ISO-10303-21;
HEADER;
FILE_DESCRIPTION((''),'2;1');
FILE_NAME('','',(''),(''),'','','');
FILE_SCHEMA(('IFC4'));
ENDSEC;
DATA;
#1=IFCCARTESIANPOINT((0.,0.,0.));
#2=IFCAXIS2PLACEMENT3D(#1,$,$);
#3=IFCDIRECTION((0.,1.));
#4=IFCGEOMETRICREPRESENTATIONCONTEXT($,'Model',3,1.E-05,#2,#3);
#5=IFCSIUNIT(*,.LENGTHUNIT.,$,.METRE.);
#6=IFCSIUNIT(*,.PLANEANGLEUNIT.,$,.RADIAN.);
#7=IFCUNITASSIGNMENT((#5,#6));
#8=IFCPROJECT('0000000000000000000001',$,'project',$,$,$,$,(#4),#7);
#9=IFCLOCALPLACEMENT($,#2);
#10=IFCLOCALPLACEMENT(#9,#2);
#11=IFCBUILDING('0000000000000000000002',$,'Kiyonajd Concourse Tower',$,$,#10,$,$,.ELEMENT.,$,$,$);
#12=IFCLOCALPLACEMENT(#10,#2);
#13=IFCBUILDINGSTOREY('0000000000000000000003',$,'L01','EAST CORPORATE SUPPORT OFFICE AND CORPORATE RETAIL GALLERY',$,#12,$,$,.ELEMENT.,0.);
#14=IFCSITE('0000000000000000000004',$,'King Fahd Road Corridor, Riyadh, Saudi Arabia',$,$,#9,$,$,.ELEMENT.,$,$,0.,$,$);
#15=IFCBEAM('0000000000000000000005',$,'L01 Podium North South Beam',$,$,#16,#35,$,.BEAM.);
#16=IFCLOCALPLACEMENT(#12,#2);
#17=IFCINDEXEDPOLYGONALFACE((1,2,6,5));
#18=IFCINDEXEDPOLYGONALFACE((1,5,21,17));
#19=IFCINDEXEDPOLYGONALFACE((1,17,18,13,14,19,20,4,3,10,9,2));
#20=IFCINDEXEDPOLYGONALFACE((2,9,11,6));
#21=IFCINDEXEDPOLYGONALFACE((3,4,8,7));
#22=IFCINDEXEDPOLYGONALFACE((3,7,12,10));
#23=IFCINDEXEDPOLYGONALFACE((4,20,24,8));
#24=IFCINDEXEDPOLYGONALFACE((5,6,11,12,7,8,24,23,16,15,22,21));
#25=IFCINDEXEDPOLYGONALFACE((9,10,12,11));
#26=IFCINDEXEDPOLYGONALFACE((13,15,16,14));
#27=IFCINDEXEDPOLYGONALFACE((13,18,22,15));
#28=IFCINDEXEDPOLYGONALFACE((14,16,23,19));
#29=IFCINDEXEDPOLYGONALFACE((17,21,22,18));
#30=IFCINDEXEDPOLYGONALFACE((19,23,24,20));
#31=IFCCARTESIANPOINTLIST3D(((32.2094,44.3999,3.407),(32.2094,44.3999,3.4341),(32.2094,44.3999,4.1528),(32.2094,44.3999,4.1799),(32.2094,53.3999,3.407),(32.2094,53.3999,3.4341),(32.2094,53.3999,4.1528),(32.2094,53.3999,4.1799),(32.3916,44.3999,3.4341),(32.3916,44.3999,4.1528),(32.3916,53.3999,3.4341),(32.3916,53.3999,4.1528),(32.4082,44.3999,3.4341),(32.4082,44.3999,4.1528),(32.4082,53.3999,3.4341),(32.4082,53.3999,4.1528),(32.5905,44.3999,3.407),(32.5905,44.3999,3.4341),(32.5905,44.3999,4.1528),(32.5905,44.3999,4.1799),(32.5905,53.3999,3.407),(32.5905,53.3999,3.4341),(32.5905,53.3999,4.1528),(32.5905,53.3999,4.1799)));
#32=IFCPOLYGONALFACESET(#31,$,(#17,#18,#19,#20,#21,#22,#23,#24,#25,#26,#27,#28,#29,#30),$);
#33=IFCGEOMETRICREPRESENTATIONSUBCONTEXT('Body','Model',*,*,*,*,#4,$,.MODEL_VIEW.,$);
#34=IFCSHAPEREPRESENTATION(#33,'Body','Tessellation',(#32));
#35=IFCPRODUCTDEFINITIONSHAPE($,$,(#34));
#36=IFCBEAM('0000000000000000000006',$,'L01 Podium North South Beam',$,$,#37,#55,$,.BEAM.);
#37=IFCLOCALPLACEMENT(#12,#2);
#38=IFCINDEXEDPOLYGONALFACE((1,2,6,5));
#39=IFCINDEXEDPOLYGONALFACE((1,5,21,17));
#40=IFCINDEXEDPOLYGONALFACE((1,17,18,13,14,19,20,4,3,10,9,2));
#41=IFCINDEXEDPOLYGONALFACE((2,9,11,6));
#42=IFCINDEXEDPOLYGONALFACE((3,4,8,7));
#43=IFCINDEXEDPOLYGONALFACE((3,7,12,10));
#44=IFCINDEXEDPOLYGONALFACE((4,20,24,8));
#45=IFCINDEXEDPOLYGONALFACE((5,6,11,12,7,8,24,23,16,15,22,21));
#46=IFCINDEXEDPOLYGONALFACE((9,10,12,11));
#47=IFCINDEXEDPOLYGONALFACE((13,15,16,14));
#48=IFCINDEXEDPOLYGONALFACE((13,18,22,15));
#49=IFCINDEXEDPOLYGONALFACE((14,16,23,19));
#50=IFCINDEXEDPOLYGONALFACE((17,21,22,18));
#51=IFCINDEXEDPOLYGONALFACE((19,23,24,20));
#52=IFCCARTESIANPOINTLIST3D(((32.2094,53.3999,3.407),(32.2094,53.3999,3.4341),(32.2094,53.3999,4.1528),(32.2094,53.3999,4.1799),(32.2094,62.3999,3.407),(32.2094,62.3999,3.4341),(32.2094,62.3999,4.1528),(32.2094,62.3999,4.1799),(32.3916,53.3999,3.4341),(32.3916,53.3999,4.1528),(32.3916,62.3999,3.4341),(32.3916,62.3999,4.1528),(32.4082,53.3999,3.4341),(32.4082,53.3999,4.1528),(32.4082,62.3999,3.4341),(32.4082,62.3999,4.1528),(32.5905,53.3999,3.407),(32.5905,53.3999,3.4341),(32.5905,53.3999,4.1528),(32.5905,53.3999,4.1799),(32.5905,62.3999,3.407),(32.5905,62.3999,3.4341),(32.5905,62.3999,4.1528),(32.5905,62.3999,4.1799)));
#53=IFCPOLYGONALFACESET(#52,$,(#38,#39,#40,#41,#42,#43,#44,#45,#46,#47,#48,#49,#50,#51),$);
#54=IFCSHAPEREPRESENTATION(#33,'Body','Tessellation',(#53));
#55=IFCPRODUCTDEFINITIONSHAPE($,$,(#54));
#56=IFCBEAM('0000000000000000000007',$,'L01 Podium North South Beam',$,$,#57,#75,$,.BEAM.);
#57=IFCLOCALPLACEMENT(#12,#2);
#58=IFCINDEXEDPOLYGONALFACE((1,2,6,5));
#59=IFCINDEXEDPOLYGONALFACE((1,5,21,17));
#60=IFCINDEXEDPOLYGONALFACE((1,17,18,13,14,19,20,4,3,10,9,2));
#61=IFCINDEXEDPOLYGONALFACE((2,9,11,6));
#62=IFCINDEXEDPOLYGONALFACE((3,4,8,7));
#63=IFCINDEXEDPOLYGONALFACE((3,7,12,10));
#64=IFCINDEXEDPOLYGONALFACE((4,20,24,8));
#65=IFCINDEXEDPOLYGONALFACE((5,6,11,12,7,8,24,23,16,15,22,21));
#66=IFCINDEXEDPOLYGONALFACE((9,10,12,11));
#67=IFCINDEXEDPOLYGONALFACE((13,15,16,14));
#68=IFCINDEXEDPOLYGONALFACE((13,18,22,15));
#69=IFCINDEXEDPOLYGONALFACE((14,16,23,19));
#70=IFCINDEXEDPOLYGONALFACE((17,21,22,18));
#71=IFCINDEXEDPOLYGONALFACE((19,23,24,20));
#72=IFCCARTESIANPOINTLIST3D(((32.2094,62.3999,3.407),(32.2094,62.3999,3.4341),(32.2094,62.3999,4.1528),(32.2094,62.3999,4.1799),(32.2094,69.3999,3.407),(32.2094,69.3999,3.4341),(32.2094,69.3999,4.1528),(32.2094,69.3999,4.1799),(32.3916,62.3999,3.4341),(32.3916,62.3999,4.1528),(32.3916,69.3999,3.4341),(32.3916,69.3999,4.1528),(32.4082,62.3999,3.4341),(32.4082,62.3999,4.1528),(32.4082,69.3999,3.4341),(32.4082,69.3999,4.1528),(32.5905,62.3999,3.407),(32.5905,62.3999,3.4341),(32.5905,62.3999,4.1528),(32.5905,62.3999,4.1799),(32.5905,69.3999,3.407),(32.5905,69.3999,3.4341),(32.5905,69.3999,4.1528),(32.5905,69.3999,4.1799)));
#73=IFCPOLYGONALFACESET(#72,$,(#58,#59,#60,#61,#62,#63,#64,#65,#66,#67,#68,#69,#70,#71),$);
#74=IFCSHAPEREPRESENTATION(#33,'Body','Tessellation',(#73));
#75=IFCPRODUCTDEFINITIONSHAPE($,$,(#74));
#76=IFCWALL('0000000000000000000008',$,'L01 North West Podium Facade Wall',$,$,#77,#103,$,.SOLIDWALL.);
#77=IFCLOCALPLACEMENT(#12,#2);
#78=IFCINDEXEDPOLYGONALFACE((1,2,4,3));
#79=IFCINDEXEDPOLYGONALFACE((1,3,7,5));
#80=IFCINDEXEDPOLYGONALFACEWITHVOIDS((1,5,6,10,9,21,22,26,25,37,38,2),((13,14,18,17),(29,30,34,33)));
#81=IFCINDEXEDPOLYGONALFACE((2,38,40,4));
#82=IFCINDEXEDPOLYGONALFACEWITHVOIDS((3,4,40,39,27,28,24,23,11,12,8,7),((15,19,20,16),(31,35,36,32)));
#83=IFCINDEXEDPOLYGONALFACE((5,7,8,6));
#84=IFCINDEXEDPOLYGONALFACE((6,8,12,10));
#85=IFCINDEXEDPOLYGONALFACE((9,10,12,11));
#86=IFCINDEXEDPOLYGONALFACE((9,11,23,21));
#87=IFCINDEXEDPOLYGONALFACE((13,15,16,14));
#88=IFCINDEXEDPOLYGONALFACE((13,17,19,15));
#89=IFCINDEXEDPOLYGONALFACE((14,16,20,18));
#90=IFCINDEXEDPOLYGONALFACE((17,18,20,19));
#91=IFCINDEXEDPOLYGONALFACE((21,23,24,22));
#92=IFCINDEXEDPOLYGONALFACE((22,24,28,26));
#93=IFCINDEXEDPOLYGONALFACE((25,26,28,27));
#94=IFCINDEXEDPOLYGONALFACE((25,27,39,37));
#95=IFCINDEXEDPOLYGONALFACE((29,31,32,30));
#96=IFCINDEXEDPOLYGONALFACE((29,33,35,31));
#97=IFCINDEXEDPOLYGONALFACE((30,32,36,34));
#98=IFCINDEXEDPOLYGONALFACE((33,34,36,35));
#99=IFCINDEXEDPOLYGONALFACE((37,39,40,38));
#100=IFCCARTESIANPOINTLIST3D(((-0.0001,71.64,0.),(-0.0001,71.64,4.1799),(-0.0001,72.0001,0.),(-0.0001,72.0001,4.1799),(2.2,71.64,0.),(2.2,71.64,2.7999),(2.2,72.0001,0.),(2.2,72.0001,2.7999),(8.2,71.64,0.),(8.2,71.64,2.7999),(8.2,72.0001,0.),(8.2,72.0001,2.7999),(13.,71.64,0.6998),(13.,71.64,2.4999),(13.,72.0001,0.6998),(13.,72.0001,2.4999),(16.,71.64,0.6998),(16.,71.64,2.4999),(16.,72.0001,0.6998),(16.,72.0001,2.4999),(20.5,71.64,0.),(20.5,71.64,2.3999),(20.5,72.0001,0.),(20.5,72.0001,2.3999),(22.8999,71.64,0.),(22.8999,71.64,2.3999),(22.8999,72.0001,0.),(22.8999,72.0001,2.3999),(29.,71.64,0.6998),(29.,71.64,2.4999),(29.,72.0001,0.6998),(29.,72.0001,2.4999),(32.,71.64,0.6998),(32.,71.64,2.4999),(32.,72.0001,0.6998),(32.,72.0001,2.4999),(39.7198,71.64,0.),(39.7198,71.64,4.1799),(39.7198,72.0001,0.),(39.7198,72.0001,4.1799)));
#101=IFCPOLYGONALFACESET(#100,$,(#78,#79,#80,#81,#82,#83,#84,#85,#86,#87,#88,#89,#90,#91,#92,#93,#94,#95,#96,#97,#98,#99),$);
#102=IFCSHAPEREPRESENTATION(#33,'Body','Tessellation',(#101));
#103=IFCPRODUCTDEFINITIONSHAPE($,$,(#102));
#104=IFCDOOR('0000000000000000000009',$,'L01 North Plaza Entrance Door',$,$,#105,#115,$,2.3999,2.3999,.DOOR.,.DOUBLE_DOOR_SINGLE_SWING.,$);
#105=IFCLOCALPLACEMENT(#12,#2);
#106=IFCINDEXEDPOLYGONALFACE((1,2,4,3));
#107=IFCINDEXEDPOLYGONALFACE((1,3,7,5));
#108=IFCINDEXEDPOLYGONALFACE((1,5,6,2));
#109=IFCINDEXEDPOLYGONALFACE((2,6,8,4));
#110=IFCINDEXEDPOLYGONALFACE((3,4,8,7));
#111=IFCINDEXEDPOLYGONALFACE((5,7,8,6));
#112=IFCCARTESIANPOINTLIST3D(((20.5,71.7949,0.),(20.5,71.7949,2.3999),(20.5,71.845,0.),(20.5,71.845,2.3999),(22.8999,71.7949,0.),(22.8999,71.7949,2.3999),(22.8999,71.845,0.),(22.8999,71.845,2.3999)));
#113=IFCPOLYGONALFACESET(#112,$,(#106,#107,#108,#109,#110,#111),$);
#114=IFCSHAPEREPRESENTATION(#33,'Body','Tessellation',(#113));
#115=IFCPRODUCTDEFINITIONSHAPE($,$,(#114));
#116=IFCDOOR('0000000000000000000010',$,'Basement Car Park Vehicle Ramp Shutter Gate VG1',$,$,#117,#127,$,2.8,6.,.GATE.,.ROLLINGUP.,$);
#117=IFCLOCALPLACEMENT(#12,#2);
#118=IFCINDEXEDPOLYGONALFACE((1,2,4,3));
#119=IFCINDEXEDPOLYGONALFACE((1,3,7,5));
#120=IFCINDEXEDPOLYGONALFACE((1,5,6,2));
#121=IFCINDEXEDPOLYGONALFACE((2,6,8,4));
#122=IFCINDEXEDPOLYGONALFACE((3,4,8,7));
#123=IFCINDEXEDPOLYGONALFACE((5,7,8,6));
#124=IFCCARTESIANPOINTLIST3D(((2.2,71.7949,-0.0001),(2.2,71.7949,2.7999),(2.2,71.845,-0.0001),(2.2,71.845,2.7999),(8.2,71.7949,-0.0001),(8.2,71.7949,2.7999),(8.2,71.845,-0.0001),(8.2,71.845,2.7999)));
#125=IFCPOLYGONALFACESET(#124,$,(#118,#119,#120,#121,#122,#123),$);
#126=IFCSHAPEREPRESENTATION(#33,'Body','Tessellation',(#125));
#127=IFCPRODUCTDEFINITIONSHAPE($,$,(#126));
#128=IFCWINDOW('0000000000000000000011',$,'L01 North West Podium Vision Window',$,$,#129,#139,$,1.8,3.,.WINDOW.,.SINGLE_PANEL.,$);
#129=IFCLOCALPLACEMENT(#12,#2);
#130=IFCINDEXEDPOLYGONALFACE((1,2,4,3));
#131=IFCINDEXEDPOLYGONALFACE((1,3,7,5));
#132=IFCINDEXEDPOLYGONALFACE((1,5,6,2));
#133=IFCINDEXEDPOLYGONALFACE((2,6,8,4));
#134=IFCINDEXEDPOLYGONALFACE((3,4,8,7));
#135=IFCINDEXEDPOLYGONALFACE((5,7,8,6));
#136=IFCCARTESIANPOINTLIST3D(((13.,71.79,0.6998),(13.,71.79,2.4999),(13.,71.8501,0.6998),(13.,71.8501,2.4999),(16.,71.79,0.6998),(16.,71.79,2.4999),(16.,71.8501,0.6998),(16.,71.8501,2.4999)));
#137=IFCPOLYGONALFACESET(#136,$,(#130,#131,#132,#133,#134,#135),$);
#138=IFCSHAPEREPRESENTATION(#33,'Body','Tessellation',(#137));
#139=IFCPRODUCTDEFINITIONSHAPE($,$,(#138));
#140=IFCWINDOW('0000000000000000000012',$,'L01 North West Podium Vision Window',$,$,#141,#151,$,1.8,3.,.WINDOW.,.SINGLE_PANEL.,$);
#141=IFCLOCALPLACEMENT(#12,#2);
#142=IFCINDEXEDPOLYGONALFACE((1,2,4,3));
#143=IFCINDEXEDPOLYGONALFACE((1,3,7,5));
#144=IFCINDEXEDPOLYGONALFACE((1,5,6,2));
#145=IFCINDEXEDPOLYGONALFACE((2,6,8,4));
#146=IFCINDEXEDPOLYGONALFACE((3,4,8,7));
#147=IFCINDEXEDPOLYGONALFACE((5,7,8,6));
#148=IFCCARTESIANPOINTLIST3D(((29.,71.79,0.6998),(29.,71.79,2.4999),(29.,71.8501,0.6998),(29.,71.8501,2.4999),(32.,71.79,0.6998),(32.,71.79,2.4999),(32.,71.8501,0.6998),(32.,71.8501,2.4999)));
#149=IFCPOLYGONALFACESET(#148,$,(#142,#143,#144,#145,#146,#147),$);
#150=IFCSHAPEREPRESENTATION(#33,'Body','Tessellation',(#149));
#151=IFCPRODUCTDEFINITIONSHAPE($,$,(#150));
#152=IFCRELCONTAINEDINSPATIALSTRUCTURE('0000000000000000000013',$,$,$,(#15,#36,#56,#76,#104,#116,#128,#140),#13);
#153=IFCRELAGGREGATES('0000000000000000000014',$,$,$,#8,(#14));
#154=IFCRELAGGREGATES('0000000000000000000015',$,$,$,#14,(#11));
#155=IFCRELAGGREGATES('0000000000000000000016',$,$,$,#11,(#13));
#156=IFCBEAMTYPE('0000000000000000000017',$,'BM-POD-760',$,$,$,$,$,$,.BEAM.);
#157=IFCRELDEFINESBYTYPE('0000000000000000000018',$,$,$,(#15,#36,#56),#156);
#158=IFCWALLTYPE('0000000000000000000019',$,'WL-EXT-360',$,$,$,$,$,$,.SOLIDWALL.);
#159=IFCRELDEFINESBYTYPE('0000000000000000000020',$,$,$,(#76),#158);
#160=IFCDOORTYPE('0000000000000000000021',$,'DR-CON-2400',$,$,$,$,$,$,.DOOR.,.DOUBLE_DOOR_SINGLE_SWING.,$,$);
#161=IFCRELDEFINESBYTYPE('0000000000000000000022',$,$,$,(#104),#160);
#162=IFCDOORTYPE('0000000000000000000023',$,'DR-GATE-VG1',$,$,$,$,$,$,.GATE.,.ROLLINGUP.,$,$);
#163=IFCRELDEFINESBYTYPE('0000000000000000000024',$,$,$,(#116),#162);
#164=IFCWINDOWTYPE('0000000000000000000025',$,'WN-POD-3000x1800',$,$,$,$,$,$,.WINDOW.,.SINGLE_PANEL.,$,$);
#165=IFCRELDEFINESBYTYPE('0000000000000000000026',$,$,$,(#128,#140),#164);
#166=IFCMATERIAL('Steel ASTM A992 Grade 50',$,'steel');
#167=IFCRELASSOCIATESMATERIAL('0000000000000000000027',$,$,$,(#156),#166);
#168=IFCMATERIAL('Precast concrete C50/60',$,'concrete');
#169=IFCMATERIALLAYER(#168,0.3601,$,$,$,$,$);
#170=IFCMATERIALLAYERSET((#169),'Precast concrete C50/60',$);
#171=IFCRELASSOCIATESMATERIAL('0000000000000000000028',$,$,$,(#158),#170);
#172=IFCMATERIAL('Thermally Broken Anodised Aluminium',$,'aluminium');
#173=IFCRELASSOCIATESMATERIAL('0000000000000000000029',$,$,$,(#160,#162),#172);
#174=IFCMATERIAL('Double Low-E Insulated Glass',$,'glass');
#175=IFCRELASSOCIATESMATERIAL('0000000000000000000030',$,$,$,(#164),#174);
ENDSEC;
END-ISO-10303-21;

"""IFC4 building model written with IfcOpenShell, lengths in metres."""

from ifc_helpers import new_model, si_unit, direction, frame, frame_2d, origin, origin_2d, place, context, subcontext, project, spatial, rectangle, i_section, extrude, material, layer, layer_set, material_profile, profile_set, type_object, element, fill, save


model = new_model("IFC4")

# Units and contexts
model_context = context("Model", 3, precision=1e-05, world=origin(), true_north=direction((0.0, 1.0)))
body_context = subcontext(model_context, "Body", "Model", "MODEL_VIEW")
ifc_project = project(units=[si_unit("LENGTHUNIT", "METRE"), si_unit("PLANEANGLEUNIT", "RADIAN")], contexts=[model_context])

# Site, building, storey
site_placement = place(None, origin())
site = spatial("IfcSite", under=ifc_project, at=site_placement, Name="King Fahd Road Corridor, Riyadh, Saudi Arabia", CompositionType="ELEMENT", RefElevation=0.0)
building_placement = place(site_placement, origin())
building = spatial("IfcBuilding", under=site, at=building_placement, Name="Kiyonajd Concourse Tower", CompositionType="ELEMENT")
storey_placement = place(building_placement, origin())
storey = spatial("IfcBuildingStorey", under=building, at=storey_placement, Name="L01", Description="EAST CORPORATE SUPPORT OFFICE AND CORPORATE RETAIL GALLERY", CompositionType="ELEMENT", Elevation=0.0)

# Beams
ifc_material_1 = material(Name="Steel ASTM A992 Grade 50", Category="steel")
ifc_material_profile_1 = material_profile(ifc_material_1, i_section(OverallWidth=0.3811, OverallDepth=0.7729, WebThickness=0.0166, FlangeThickness=0.0271, at=origin_2d()), Name="W760X257")
ifc_profile_set_1 = profile_set([ifc_material_profile_1], Name="Steel ASTM A992 Grade 50")
beam_type_1 = type_object("IfcBeamType", Name="BM-POD-760", PredefinedType="BEAM", material=ifc_profile_set_1)
for number, where, z_axis, x_axis, name in (
    (1, (32.3999, 44.3999, 3.7935), (0.0, 1.0, 0.0), (-1.0, 0.0, 0.0), "L01 Podium North South Beam"),
    (2, (32.3999, 53.3999, 3.7935), (0.0, 1.0, 0.0), (-1.0, 0.0, 0.0), "L01 Podium North South Beam"),
):
    element("IfcBeam", number, at=place(storey_placement, frame(where, z_axis=z_axis, x_axis=x_axis)), inside=storey, type_object=beam_type_1, Name=name, PredefinedType="BEAM", context=body_context, shape_type="SweptSolid", body=[
        extrude(i_section(OverallWidth=0.3811, OverallDepth=0.7729, WebThickness=0.0166, FlangeThickness=0.0271, at=origin_2d()), origin(), (0.0, 0.0, 1.0), 9.0),
    ])
beam_1_placement = place(storey_placement, frame((32.3999, 62.3999, 3.7935), z_axis=(0.0, 1.0, 0.0), x_axis=(-1.0, 0.0, 0.0)))
element("IfcBeam", 3, at=beam_1_placement, inside=storey, type_object=beam_type_1, Name="L01 Podium North South Beam", PredefinedType="BEAM", context=body_context, shape_type="SweptSolid", body=[
    extrude(i_section(OverallWidth=0.3811, OverallDepth=0.7729, WebThickness=0.0166, FlangeThickness=0.0271, at=origin_2d()), origin(), (0.0, 0.0, 1.0), 7.0),
])

# Wall, openings, doors, windows
ifc_material_2 = material(Name="Precast concrete C50/60", Category="concrete")
ifc_layer_1 = layer(ifc_material_2, 0.3601)
ifc_layer_set_1 = layer_set([ifc_layer_1], Name="Precast concrete C50/60")
wall_type_1 = type_object("IfcWallType", Name="WL-EXT-360", PredefinedType="SOLIDWALL", material=ifc_layer_set_1)
wall_1_placement = place(storey_placement, frame((0.0, 71.8201, 0.0), z_axis=(0.0, 0.0, 1.0), x_axis=(1.0, 0.0, 0.0)))
wall_1 = element("IfcWall", 4, at=wall_1_placement, inside=storey, type_object=wall_type_1, Name="L01 North West Podium Facade Wall", PredefinedType="SOLIDWALL", context=body_context, shape_type="SweptSolid", body=[
    extrude(rectangle(XDim=39.72, YDim=0.3601, at=frame_2d((19.8599, 0.0))), origin(), (0.0, 0.0, 1.0), 4.1799),
])
opening_1_placement = place(wall_1_placement, frame((13.0, 0.0, 0.7)))
opening_1 = element("IfcOpeningElement", 5, at=opening_1_placement, cuts=wall_1, PredefinedType="OPENING", context=body_context, shape_type="SweptSolid", body=[
    extrude(rectangle(XDim=3.0, YDim=1.8, at=frame_2d((1.5, 0.8999))), frame((0.0, 0.1899, 0.0), z_axis=(0.0, -1.0, 0.0), x_axis=(1.0, 0.0, 0.0)), (0.0, 0.0, 1.0), 0.3801),
])
opening_2_placement = place(wall_1_placement, frame((29.0, 0.0, 0.7)))
opening_2 = element("IfcOpeningElement", 6, at=opening_2_placement, cuts=wall_1, PredefinedType="OPENING", context=body_context, shape_type="SweptSolid", body=[
    extrude(rectangle(XDim=3.0, YDim=1.8, at=frame_2d((1.5, 0.8999))), frame((0.0, 0.1899, 0.0), z_axis=(0.0, -1.0, 0.0), x_axis=(1.0, 0.0, 0.0)), (0.0, 0.0, 1.0), 0.3801),
])
opening_3_placement = place(wall_1_placement, frame((2.2, 0.0, 0.0)))
opening_3 = element("IfcOpeningElement", 7, at=opening_3_placement, cuts=wall_1, PredefinedType="OPENING", context=body_context, shape_type="SweptSolid", body=[
    extrude(rectangle(XDim=6.0, YDim=2.8, at=frame_2d((3.0, 1.3999))), frame((0.0, 0.1899, 0.0), z_axis=(0.0, -1.0, 0.0), x_axis=(1.0, 0.0, 0.0)), (0.0, 0.0, 1.0), 0.3801),
])
opening_4_placement = place(wall_1_placement, frame((20.5, 0.0, 0.0)))
opening_4 = element("IfcOpeningElement", 8, at=opening_4_placement, cuts=wall_1, PredefinedType="OPENING", context=body_context, shape_type="SweptSolid", body=[
    extrude(rectangle(XDim=2.3999, YDim=2.3999, at=frame_2d((1.2, 1.2))), frame((0.0, 0.1899, 0.0), z_axis=(0.0, -1.0, 0.0), x_axis=(1.0, 0.0, 0.0)), (0.0, 0.0, 1.0), 0.3801),
])
ifc_material_3 = material(Name="Thermally Broken Anodised Aluminium", Category="aluminium")
door_type_1 = type_object("IfcDoorType", Name="DR-CON-2400", OperationType="DOUBLE_DOOR_SINGLE_SWING", PredefinedType="DOOR", material=ifc_material_3)
door_1_placement = place(opening_4_placement, origin())
door_1 = element("IfcDoor", 9, at=door_1_placement, inside=storey, type_object=door_type_1, Name="L01 North Plaza Entrance Door", OperationType="DOUBLE_DOOR_SINGLE_SWING", OverallHeight=2.3999, OverallWidth=2.3999, PredefinedType="DOOR", context=body_context, shape_type="SweptSolid", body=[
    extrude(rectangle(XDim=2.3999, YDim=2.3999, at=frame_2d((1.2, 1.2))), frame((0.0, 0.0249, 0.0), z_axis=(0.0, -1.0, 0.0), x_axis=(1.0, 0.0, 0.0)), (0.0, 0.0, 1.0), 0.05),
])
fill(opening_4, door_1)
door_type_2 = type_object("IfcDoorType", Name="DR-GATE-VG1", OperationType="ROLLINGUP", PredefinedType="GATE", material=ifc_material_3)
door_2_placement = place(opening_3_placement, origin())
door_2 = element("IfcDoor", 10, at=door_2_placement, inside=storey, type_object=door_type_2, Name="Basement Car Park Vehicle Ramp Shutter Gate VG1", OperationType="ROLLINGUP", OverallHeight=2.8, OverallWidth=6.0, PredefinedType="GATE", context=body_context, shape_type="SweptSolid", body=[
    extrude(rectangle(XDim=6.0, YDim=2.8, at=frame_2d((3.0, 1.3999))), frame((0.0, 0.0249, 0.0), z_axis=(0.0, -1.0, 0.0), x_axis=(1.0, 0.0, 0.0)), (0.0, 0.0, 1.0), 0.05),
])
fill(opening_3, door_2)
ifc_material_4 = material(Name="Double Low-E Insulated Glass", Category="glass")
window_type = type_object("IfcWindowType", Name="WN-POD-3000x1800", PartitioningType="SINGLE_PANEL", PredefinedType="WINDOW", material=ifc_material_4)
window_1_placement = place(opening_1_placement, origin())
window_1 = element("IfcWindow", 11, at=window_1_placement, inside=storey, type_object=window_type, Name="L01 North West Podium Vision Window", OverallHeight=1.8, OverallWidth=3.0, PartitioningType="SINGLE_PANEL", PredefinedType="WINDOW", context=body_context, shape_type="SweptSolid", body=[
    extrude(rectangle(XDim=3.0, YDim=1.8, at=frame_2d((1.5, 0.8999))), frame((0.0, 0.03, 0.0), z_axis=(0.0, -1.0, 0.0), x_axis=(1.0, 0.0, 0.0)), (0.0, 0.0, 1.0), 0.0601),
])
fill(opening_1, window_1)
window_2_placement = place(opening_2_placement, origin())
window_2 = element("IfcWindow", 12, at=window_2_placement, inside=storey, type_object=window_type, Name="L01 North West Podium Vision Window", OverallHeight=1.8, OverallWidth=3.0, PartitioningType="SINGLE_PANEL", PredefinedType="WINDOW", context=body_context, shape_type="SweptSolid", body=[
    extrude(rectangle(XDim=3.0, YDim=1.8, at=frame_2d((1.5, 0.8999))), frame((0.0, 0.03, 0.0), z_axis=(0.0, -1.0, 0.0), x_axis=(1.0, 0.0, 0.0)), (0.0, 0.0, 1.0), 0.0601),
])
fill(opening_2, window_2)

save(model, "model.ifc")
